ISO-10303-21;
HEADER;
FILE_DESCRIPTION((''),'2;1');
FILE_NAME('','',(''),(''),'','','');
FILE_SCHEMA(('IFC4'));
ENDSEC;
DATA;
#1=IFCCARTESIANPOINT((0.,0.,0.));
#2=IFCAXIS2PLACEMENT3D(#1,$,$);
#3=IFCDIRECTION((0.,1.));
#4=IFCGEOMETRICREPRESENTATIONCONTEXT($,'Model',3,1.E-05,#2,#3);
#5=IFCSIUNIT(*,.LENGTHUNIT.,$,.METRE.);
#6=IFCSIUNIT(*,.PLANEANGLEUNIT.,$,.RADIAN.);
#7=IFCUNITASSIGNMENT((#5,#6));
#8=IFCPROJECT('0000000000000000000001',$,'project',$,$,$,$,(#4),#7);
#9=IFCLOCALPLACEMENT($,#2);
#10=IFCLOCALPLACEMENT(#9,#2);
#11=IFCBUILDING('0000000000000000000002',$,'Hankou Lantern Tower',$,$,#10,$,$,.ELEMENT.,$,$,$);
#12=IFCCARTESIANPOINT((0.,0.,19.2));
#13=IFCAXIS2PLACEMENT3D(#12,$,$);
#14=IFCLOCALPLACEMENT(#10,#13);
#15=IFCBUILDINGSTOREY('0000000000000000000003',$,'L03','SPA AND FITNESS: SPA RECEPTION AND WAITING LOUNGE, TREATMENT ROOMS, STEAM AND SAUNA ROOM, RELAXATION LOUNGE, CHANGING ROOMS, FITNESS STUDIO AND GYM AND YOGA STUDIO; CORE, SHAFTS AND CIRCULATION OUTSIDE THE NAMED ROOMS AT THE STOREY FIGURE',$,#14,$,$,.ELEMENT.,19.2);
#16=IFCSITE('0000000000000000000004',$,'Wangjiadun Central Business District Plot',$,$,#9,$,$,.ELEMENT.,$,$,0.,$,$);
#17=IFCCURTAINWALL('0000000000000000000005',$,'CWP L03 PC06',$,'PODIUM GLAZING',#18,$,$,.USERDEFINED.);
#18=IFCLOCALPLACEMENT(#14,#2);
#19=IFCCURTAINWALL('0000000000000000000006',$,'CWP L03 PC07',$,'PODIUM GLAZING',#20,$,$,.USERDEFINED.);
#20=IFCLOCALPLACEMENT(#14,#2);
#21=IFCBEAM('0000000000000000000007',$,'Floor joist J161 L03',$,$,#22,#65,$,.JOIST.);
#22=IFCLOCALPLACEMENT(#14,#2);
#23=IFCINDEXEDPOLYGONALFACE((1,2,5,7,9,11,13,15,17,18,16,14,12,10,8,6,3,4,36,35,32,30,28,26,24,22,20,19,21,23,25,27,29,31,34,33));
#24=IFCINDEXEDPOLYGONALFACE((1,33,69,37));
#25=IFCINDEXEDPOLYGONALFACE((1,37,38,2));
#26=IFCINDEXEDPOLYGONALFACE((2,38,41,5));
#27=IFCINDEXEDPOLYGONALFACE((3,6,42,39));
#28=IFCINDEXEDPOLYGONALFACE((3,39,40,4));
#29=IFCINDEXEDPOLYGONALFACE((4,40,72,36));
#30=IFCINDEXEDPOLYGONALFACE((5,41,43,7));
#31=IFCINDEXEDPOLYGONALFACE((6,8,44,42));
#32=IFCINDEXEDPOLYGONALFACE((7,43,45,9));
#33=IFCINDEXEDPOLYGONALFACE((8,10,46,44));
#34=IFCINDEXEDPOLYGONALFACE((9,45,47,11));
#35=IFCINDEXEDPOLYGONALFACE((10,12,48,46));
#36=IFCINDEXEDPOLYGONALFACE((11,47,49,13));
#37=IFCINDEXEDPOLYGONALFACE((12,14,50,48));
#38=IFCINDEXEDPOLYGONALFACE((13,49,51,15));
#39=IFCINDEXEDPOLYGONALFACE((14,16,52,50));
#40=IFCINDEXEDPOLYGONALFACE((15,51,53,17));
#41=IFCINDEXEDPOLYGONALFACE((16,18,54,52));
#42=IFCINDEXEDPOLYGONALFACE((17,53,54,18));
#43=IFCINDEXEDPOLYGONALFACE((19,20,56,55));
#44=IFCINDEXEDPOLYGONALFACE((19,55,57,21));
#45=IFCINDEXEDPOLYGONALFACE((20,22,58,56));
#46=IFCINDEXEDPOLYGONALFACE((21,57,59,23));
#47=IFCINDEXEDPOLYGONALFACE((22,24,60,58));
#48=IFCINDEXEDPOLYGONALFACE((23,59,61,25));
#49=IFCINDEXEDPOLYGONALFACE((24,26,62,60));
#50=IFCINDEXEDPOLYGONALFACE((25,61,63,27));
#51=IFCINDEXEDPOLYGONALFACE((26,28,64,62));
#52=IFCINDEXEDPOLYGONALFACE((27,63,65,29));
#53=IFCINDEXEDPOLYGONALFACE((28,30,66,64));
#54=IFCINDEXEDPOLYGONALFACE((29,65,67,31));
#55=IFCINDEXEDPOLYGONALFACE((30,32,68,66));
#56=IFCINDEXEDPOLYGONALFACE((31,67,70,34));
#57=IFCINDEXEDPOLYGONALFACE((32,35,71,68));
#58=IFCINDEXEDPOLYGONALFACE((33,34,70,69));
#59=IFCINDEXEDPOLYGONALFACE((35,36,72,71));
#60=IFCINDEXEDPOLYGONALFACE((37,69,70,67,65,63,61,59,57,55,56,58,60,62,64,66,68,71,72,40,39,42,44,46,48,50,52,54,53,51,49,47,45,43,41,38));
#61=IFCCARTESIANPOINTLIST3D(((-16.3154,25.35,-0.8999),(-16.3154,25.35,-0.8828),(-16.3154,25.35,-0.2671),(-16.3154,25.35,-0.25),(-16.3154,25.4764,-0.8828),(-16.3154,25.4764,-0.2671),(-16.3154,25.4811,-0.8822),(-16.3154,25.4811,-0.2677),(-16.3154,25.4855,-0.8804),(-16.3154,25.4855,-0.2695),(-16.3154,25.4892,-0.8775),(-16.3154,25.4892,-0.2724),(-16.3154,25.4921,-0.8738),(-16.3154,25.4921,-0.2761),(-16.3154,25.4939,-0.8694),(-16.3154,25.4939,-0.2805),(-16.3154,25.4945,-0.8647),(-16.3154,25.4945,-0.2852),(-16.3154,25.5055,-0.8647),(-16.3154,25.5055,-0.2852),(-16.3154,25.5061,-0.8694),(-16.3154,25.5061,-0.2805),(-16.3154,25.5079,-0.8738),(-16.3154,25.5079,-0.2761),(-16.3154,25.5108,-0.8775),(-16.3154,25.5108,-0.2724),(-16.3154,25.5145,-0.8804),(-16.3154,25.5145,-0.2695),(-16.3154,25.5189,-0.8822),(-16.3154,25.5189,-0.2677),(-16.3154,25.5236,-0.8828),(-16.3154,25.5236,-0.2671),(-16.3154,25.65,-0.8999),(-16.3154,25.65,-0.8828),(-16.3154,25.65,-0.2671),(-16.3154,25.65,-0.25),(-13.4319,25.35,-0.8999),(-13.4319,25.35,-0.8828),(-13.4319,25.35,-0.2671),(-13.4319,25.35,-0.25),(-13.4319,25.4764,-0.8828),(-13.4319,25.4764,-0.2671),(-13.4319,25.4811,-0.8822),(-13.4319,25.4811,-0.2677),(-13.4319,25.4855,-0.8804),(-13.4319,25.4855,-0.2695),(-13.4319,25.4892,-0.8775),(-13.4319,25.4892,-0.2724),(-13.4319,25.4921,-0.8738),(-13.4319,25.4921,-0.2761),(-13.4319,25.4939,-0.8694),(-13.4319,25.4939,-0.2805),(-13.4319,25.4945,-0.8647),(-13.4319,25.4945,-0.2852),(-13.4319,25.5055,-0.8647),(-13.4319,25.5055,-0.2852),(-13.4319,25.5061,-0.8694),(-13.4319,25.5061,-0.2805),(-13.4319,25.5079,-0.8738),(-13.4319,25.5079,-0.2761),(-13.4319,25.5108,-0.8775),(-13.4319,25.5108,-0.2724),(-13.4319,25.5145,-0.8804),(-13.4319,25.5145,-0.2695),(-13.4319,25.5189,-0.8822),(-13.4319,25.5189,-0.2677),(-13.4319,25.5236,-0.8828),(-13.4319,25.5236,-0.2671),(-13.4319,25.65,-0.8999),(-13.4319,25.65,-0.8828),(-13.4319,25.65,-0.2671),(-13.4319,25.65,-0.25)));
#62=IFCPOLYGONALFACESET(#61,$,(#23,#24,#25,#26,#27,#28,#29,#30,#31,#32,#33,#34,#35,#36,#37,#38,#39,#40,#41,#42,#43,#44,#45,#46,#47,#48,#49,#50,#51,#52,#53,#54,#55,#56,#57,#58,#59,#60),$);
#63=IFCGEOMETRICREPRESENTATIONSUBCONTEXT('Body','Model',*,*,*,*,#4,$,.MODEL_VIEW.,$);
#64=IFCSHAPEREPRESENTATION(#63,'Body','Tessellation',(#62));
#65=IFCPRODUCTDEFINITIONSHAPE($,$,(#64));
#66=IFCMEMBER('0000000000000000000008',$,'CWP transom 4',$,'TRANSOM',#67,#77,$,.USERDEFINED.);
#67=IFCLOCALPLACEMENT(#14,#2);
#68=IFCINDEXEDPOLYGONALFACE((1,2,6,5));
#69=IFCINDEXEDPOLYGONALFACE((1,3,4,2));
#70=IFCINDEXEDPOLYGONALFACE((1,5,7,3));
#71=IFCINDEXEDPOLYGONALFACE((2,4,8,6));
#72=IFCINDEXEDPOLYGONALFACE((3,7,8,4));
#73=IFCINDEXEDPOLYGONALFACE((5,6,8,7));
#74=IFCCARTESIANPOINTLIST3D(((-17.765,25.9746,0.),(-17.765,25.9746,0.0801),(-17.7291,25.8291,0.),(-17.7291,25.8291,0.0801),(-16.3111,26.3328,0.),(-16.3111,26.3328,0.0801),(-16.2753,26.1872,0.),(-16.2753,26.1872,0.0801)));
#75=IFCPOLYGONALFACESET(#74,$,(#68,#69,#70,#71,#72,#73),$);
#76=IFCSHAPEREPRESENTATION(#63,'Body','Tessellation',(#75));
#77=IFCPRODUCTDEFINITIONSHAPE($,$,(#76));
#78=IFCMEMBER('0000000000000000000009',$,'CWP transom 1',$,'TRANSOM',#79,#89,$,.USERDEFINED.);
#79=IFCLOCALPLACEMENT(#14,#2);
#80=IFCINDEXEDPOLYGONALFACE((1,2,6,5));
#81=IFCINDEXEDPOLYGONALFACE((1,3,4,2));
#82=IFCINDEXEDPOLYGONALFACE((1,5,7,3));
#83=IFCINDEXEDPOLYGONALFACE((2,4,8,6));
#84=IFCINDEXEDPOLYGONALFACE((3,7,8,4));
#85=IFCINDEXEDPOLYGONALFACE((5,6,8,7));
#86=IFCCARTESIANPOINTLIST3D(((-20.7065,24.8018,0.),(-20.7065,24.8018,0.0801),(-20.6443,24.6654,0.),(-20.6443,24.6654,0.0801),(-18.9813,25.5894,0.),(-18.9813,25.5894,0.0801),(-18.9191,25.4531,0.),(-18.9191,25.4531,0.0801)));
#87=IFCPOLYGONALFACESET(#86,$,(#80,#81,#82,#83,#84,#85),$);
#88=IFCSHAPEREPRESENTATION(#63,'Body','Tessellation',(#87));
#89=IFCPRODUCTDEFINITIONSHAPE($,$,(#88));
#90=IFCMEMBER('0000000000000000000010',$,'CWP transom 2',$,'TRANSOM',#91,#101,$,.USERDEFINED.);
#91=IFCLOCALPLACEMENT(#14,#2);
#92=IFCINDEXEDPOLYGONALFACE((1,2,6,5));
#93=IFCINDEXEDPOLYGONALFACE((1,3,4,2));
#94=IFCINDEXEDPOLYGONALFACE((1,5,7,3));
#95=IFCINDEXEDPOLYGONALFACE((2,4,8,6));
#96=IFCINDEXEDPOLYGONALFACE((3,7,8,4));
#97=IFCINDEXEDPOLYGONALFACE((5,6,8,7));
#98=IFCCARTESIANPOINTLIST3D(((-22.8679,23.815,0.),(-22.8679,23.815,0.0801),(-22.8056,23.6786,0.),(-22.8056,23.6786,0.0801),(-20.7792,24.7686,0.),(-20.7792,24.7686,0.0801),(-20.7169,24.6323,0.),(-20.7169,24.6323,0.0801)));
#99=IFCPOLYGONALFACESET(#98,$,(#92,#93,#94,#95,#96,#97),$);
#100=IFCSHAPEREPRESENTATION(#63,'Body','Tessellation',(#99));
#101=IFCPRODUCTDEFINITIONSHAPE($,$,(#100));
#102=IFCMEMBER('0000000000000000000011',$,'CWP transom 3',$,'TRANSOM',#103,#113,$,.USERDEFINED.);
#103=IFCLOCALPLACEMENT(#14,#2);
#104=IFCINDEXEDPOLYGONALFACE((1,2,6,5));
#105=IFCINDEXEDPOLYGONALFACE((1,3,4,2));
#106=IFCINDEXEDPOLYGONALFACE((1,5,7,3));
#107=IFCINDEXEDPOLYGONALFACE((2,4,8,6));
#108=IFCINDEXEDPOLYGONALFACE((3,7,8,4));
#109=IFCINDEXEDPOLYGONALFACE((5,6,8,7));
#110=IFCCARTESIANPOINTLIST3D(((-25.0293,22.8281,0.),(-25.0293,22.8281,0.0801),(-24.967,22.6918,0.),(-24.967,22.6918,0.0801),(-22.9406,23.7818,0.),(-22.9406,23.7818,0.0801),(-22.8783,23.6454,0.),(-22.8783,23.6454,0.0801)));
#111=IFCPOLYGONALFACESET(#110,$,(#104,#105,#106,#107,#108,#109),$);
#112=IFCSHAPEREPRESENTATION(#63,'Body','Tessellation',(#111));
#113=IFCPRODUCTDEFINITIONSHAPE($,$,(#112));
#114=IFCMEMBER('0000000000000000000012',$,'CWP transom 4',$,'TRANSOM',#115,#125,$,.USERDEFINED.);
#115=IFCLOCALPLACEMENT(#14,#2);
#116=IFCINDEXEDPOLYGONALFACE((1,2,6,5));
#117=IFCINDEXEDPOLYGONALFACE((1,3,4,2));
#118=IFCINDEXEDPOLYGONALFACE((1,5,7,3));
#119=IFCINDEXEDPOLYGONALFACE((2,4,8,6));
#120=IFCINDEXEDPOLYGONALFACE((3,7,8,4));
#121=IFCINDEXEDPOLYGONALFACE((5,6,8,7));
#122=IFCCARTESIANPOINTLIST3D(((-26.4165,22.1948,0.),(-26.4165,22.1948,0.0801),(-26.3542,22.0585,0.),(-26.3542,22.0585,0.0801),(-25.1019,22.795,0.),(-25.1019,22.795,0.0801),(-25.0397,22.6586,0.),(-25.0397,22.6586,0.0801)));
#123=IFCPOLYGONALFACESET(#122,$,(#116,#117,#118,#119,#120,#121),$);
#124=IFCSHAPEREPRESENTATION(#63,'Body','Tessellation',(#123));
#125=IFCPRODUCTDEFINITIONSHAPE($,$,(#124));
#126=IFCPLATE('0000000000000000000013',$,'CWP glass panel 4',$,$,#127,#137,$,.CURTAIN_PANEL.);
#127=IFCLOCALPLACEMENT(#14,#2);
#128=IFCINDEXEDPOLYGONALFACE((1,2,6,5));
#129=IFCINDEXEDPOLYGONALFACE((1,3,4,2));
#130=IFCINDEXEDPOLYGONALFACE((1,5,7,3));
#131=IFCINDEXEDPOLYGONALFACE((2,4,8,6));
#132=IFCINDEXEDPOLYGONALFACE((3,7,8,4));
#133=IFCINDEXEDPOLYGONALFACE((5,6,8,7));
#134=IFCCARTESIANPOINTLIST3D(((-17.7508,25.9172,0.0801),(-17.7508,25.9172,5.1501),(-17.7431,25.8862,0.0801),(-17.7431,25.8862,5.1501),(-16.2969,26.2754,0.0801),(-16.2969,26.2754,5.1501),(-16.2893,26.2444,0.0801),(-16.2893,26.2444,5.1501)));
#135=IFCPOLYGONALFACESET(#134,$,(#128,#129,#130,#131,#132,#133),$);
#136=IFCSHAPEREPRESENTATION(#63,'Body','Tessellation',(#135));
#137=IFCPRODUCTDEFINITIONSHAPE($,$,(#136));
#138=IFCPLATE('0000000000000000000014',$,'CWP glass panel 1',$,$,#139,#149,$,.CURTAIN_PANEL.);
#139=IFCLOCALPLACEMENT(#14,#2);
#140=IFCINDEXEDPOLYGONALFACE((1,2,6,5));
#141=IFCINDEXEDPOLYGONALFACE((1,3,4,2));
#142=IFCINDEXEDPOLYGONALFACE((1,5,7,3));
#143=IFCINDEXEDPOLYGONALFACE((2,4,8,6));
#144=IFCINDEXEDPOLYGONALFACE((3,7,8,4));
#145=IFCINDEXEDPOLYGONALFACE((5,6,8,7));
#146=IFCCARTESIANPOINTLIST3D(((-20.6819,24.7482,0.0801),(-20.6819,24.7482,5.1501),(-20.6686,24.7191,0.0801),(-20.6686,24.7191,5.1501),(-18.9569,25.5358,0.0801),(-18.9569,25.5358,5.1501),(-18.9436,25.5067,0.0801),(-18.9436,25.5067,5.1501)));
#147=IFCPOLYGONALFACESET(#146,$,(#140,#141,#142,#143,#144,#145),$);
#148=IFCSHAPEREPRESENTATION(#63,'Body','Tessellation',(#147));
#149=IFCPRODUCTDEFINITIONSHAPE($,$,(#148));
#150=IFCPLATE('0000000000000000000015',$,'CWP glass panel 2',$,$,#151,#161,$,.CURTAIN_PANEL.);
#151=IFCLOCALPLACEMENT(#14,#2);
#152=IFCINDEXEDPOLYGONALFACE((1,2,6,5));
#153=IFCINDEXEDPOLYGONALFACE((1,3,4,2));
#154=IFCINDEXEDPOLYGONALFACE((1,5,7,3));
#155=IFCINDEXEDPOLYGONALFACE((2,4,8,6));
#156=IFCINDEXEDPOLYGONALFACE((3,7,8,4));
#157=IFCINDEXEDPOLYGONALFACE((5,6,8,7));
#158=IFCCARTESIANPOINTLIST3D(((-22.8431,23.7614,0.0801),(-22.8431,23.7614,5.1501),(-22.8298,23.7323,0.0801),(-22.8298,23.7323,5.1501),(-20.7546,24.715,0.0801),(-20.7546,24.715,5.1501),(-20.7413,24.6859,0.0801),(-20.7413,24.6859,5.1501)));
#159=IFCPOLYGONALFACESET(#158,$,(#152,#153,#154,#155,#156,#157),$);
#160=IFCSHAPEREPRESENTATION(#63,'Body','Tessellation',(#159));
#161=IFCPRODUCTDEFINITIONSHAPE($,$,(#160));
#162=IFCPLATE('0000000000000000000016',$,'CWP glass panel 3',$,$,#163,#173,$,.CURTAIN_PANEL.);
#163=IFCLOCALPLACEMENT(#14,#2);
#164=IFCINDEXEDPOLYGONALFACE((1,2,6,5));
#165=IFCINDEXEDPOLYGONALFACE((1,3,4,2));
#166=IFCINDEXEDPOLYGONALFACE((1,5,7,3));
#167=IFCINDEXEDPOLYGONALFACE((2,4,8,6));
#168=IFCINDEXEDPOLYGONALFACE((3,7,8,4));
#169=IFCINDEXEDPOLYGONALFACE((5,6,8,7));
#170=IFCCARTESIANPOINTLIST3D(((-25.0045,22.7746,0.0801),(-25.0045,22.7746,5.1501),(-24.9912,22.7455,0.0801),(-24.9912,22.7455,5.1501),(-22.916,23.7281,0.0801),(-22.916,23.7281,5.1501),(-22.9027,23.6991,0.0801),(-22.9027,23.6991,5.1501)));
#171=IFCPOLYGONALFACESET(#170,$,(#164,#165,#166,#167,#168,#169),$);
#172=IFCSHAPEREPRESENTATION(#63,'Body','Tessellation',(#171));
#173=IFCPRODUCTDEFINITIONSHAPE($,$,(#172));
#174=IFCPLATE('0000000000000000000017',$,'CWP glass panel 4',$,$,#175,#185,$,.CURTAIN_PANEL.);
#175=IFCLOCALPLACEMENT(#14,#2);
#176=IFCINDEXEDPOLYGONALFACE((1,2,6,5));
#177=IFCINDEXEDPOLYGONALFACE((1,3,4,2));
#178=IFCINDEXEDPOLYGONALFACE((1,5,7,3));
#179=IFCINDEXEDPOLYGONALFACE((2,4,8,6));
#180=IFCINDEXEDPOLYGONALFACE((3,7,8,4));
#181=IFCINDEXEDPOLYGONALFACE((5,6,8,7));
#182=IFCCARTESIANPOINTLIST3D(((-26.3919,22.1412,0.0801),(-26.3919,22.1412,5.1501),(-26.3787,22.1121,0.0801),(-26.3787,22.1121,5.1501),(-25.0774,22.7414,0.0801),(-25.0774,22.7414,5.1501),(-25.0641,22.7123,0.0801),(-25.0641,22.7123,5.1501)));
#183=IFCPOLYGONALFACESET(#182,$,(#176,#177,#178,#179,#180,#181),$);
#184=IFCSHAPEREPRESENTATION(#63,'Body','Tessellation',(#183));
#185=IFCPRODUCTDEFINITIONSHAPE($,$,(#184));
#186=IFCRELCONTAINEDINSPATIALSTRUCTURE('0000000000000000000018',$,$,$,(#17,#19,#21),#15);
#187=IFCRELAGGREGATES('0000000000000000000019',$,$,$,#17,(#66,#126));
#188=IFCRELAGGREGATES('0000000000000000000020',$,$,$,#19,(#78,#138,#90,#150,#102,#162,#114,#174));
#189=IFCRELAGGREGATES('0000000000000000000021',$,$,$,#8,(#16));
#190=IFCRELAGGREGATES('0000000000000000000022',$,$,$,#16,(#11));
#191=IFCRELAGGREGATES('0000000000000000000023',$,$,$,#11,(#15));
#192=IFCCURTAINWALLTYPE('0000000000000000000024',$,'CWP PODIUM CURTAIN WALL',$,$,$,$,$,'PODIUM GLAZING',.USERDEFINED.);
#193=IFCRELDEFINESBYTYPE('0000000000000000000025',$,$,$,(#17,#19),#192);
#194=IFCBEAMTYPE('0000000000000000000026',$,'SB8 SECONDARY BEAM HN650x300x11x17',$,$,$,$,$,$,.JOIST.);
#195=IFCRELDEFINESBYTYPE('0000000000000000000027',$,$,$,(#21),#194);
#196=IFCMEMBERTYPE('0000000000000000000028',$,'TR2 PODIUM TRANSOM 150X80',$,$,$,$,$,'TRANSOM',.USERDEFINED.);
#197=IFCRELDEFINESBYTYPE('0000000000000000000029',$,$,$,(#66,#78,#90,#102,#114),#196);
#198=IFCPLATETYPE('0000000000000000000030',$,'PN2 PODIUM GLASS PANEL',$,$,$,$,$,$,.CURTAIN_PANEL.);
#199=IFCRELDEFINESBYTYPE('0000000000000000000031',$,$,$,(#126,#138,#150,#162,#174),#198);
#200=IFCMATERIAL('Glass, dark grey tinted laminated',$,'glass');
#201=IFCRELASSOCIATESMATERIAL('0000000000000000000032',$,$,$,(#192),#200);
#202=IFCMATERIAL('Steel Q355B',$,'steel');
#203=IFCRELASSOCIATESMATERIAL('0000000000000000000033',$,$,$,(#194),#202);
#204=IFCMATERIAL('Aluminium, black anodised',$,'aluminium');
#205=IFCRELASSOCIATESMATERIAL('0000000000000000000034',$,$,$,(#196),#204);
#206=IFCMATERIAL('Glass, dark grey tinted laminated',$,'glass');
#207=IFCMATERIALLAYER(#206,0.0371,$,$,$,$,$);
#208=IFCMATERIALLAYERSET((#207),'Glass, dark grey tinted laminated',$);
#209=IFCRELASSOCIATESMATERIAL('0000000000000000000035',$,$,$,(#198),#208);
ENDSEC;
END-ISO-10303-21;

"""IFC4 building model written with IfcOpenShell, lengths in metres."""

from ifc_helpers import new_model, si_unit, direction, frame, origin, origin_2d, place, context, subcontext, project, spatial, rectangle, i_section, extrude, material, layer, layer_set, material_profile, profile_set, type_object, element, aggregate, save


model = new_model("IFC4")

# Units and contexts
model_context = context("Model", 3, precision=1e-05, world=origin(), true_north=direction((0.0, 1.0)))
body_context = subcontext(model_context, "Body", "Model", "MODEL_VIEW")
ifc_project = project(units=[si_unit("LENGTHUNIT", "METRE"), si_unit("PLANEANGLEUNIT", "RADIAN")], contexts=[model_context])

# Site, building, storey
site_placement = place(None, origin())
site = spatial("IfcSite", under=ifc_project, at=site_placement, Name="Wangjiadun Central Business District Plot", CompositionType="ELEMENT", RefElevation=0.0)
building_placement = place(site_placement, origin())
building = spatial("IfcBuilding", under=site, at=building_placement, Name="Hankou Lantern Tower", CompositionType="ELEMENT")
storey_placement = place(building_placement, frame((0.0, 0.0, 19.2)))
storey = spatial("IfcBuildingStorey", under=building, at=storey_placement, Name="L03", Description="SPA AND FITNESS: SPA RECEPTION AND WAITING LOUNGE, TREATMENT ROOMS, STEAM AND SAUNA ROOM, RELAXATION LOUNGE, CHANGING ROOMS, FITNESS STUDIO AND GYM AND YOGA STUDIO; CORE, SHAFTS AND CIRCULATION OUTSIDE THE NAMED ROOMS AT THE STOREY FIGURE", CompositionType="ELEMENT", Elevation=19.2)

# Curtain wall
ifc_material_1 = material(Name="Glass, dark grey tinted laminated", Category="glass")
curtain_wall_type = type_object("IfcCurtainWallType", Name="CWP PODIUM CURTAIN WALL", ElementType="PODIUM GLAZING", PredefinedType="USERDEFINED", material=ifc_material_1)
curtain_wall_1_placement = place(storey_placement, origin())
curtain_wall_1 = element("IfcCurtainWall", 1, at=curtain_wall_1_placement, inside=storey, type_object=curtain_wall_type, Name="CWP L03 PC06", ObjectType="PODIUM GLAZING", PredefinedType="USERDEFINED")

# Curtain wall
curtain_wall_2_placement = place(storey_placement, origin())
curtain_wall_2 = element("IfcCurtainWall", 2, at=curtain_wall_2_placement, inside=storey, type_object=curtain_wall_type, Name="CWP L03 PC07", ObjectType="PODIUM GLAZING", PredefinedType="USERDEFINED")

# Beam
ifc_material_2 = material(Name="Steel Q355B", Category="steel")
ifc_material_profile_1 = material_profile(ifc_material_2, i_section(OverallWidth=0.3, OverallDepth=0.6499, WebThickness=0.011, FlangeThickness=0.0171, FilletRadius=0.0181, at=origin_2d()), Name="HN650x300x11x17")
ifc_profile_set_1 = profile_set([ifc_material_profile_1], Name="Steel Q355B")
beam_type_1 = type_object("IfcBeamType", Name="SB8 SECONDARY BEAM HN650x300x11x17", PredefinedType="JOIST", material=ifc_profile_set_1)
beam_1_placement = place(storey_placement, frame((-16.3154, 25.5, -0.575), z_axis=(1.0, 0.0, 0.0), x_axis=(0.0, 1.0, 0.0)))
element("IfcBeam", 3, at=beam_1_placement, inside=storey, type_object=beam_type_1, Name="Floor joist J161 L03", PredefinedType="JOIST", context=body_context, shape_type="SweptSolid", body=[
    extrude(i_section(OverallWidth=0.3, OverallDepth=0.6499, WebThickness=0.011, FlangeThickness=0.0171, FilletRadius=0.0181, at=origin_2d()), origin(), (0.0, 0.0, 1.0), 2.8835),
])

# Members
ifc_material_3 = material(Name="Aluminium, black anodised", Category="aluminium")
ifc_material_profile_2 = material_profile(ifc_material_3, rectangle(XDim=0.1499, YDim=0.0801, at=origin_2d()), Name="TR2 150X80")
ifc_profile_set_2 = profile_set([ifc_material_profile_2], Name="Aluminium, black anodised")
member_type_1 = type_object("IfcMemberType", Name="TR2 PODIUM TRANSOM 150X80", ElementType="TRANSOM", PredefinedType="USERDEFINED", material=ifc_profile_set_2)
member_1_placement = place(storey_placement, frame((-16.2932, 26.26, 0.04), z_axis=(-0.970971, -0.239196, 0.0), x_axis=(0.239196, -0.970971, 0.0)))
member_1 = element("IfcMember", 4, at=member_1_placement, type_object=member_type_1, Name="CWP transom 4", ObjectType="TRANSOM", PredefinedType="USERDEFINED", context=body_context, shape_type="SweptSolid", body=[
    extrude(rectangle(XDim=0.1499, YDim=0.0801, at=origin_2d()), origin(), (0.0, 0.0, 1.0), 1.4973),
])
member_2_placement = place(storey_placement, frame((-18.9502, 25.5212, 0.04), z_axis=(-0.909677, -0.415316, 0.0), x_axis=(0.415316, -0.909677, 0.0)))
member_2 = element("IfcMember", 5, at=member_2_placement, type_object=member_type_1, Name="CWP transom 1", ObjectType="TRANSOM", PredefinedType="USERDEFINED", context=body_context, shape_type="SweptSolid", body=[
    extrude(rectangle(XDim=0.1499, YDim=0.0801, at=origin_2d()), origin(), (0.0, 0.0, 1.0), 1.8965),
])
member_3_placement = place(storey_placement, frame((-20.748, 24.7004, 0.04), z_axis=(-0.90967, -0.415333, 0.0), x_axis=(0.415333, -0.90967, 0.0)))
member_3 = element("IfcMember", 6, at=member_3_placement, type_object=member_type_1, Name="CWP transom 2", ObjectType="TRANSOM", PredefinedType="USERDEFINED", context=body_context, shape_type="SweptSolid", body=[
    extrude(rectangle(XDim=0.1499, YDim=0.0801, at=origin_2d()), origin(), (0.0, 0.0, 1.0), 2.2961),
])
member_4_placement = place(storey_placement, frame((-22.9094, 23.7136, 0.04), z_axis=(-0.90967, -0.415333, 0.0), x_axis=(0.415333, -0.90967, 0.0)))
member_4 = element("IfcMember", 7, at=member_4_placement, type_object=member_type_1, Name="CWP transom 3", ObjectType="TRANSOM", PredefinedType="USERDEFINED", context=body_context, shape_type="SweptSolid", body=[
    extrude(rectangle(XDim=0.1499, YDim=0.0801, at=origin_2d()), origin(), (0.0, 0.0, 1.0), 2.2961),
])
member_5_placement = place(storey_placement, frame((-25.0708, 22.7268, 0.04), z_axis=(-0.909682, -0.415305, 0.0), x_axis=(0.415305, -0.909682, 0.0)))
member_5 = element("IfcMember", 8, at=member_5_placement, type_object=member_type_1, Name="CWP transom 4", ObjectType="TRANSOM", PredefinedType="USERDEFINED", context=body_context, shape_type="SweptSolid", body=[
    extrude(rectangle(XDim=0.1499, YDim=0.0801, at=origin_2d()), origin(), (0.0, 0.0, 1.0), 1.4451),
])

# Plates
ifc_material_4 = material(Name="Glass, dark grey tinted laminated", Category="glass")
ifc_layer = layer(ifc_material_4, 0.0371)
ifc_layer_set = layer_set([ifc_layer], Name="Glass, dark grey tinted laminated")
plate_type = type_object("IfcPlateType", Name="PN2 PODIUM GLASS PANEL", PredefinedType="CURTAIN_PANEL", material=ifc_layer_set)
plate_1_placement = place(storey_placement, frame((-17.02, 26.0808, 0.0801), z_axis=(0.0, 0.0, 1.0), x_axis=(-0.970961, -0.239238, 0.0)))
plate_1 = element("IfcPlate", 9, at=plate_1_placement, type_object=plate_type, Name="CWP glass panel 4", PredefinedType="CURTAIN_PANEL", context=body_context, shape_type="SweptSolid", body=[
    extrude(rectangle(XDim=1.4973, YDim=0.032, at=origin_2d()), origin(), (0.0, 0.0, 1.0), 5.0701),
])
aggregate(curtain_wall_1, [member_1, plate_1])
plate_2_placement = place(storey_placement, frame((-19.8127, 25.1274, 0.0801), z_axis=(0.0, 0.0, 1.0), x_axis=(-0.90967, -0.415332, 0.0)))
plate_2 = element("IfcPlate", 10, at=plate_2_placement, type_object=plate_type, Name="CWP glass panel 1", PredefinedType="CURTAIN_PANEL", context=body_context, shape_type="SweptSolid", body=[
    extrude(rectangle(XDim=1.8962, YDim=0.032, at=origin_2d()), origin(), (0.0, 0.0, 1.0), 5.0701),
])
plate_3_placement = place(storey_placement, frame((-21.7922, 24.2236, 0.0801), z_axis=(0.0, 0.0, 1.0), x_axis=(-0.90967, -0.415332, 0.0)))
plate_3 = element("IfcPlate", 11, at=plate_3_placement, type_object=plate_type, Name="CWP glass panel 2", PredefinedType="CURTAIN_PANEL", context=body_context, shape_type="SweptSolid", body=[
    extrude(rectangle(XDim=2.2959, YDim=0.032, at=origin_2d()), origin(), (0.0, 0.0, 1.0), 5.0701),
])
plate_4_placement = place(storey_placement, frame((-23.9536, 23.2368, 0.0801), z_axis=(0.0, 0.0, 1.0), x_axis=(-0.90967, -0.415332, 0.0)))
plate_4 = element("IfcPlate", 12, at=plate_4_placement, type_object=plate_type, Name="CWP glass panel 3", PredefinedType="CURTAIN_PANEL", context=body_context, shape_type="SweptSolid", body=[
    extrude(rectangle(XDim=2.2959, YDim=0.032, at=origin_2d()), origin(), (0.0, 0.0, 1.0), 5.0701),
])
plate_5_placement = place(storey_placement, frame((-25.728, 22.4268, 0.0801), z_axis=(0.0, 0.0, 1.0), x_axis=(-0.90967, -0.415332, 0.0)))
plate_5 = element("IfcPlate", 13, at=plate_5_placement, type_object=plate_type, Name="CWP glass panel 4", PredefinedType="CURTAIN_PANEL", context=body_context, shape_type="SweptSolid", body=[
    extrude(rectangle(XDim=1.4451, YDim=0.032, at=origin_2d()), origin(), (0.0, 0.0, 1.0), 5.0701),
])
aggregate(curtain_wall_2, [member_2, plate_2, member_3, plate_3, member_4, plate_4, member_5, plate_5])

save(model, "model.ifc")
